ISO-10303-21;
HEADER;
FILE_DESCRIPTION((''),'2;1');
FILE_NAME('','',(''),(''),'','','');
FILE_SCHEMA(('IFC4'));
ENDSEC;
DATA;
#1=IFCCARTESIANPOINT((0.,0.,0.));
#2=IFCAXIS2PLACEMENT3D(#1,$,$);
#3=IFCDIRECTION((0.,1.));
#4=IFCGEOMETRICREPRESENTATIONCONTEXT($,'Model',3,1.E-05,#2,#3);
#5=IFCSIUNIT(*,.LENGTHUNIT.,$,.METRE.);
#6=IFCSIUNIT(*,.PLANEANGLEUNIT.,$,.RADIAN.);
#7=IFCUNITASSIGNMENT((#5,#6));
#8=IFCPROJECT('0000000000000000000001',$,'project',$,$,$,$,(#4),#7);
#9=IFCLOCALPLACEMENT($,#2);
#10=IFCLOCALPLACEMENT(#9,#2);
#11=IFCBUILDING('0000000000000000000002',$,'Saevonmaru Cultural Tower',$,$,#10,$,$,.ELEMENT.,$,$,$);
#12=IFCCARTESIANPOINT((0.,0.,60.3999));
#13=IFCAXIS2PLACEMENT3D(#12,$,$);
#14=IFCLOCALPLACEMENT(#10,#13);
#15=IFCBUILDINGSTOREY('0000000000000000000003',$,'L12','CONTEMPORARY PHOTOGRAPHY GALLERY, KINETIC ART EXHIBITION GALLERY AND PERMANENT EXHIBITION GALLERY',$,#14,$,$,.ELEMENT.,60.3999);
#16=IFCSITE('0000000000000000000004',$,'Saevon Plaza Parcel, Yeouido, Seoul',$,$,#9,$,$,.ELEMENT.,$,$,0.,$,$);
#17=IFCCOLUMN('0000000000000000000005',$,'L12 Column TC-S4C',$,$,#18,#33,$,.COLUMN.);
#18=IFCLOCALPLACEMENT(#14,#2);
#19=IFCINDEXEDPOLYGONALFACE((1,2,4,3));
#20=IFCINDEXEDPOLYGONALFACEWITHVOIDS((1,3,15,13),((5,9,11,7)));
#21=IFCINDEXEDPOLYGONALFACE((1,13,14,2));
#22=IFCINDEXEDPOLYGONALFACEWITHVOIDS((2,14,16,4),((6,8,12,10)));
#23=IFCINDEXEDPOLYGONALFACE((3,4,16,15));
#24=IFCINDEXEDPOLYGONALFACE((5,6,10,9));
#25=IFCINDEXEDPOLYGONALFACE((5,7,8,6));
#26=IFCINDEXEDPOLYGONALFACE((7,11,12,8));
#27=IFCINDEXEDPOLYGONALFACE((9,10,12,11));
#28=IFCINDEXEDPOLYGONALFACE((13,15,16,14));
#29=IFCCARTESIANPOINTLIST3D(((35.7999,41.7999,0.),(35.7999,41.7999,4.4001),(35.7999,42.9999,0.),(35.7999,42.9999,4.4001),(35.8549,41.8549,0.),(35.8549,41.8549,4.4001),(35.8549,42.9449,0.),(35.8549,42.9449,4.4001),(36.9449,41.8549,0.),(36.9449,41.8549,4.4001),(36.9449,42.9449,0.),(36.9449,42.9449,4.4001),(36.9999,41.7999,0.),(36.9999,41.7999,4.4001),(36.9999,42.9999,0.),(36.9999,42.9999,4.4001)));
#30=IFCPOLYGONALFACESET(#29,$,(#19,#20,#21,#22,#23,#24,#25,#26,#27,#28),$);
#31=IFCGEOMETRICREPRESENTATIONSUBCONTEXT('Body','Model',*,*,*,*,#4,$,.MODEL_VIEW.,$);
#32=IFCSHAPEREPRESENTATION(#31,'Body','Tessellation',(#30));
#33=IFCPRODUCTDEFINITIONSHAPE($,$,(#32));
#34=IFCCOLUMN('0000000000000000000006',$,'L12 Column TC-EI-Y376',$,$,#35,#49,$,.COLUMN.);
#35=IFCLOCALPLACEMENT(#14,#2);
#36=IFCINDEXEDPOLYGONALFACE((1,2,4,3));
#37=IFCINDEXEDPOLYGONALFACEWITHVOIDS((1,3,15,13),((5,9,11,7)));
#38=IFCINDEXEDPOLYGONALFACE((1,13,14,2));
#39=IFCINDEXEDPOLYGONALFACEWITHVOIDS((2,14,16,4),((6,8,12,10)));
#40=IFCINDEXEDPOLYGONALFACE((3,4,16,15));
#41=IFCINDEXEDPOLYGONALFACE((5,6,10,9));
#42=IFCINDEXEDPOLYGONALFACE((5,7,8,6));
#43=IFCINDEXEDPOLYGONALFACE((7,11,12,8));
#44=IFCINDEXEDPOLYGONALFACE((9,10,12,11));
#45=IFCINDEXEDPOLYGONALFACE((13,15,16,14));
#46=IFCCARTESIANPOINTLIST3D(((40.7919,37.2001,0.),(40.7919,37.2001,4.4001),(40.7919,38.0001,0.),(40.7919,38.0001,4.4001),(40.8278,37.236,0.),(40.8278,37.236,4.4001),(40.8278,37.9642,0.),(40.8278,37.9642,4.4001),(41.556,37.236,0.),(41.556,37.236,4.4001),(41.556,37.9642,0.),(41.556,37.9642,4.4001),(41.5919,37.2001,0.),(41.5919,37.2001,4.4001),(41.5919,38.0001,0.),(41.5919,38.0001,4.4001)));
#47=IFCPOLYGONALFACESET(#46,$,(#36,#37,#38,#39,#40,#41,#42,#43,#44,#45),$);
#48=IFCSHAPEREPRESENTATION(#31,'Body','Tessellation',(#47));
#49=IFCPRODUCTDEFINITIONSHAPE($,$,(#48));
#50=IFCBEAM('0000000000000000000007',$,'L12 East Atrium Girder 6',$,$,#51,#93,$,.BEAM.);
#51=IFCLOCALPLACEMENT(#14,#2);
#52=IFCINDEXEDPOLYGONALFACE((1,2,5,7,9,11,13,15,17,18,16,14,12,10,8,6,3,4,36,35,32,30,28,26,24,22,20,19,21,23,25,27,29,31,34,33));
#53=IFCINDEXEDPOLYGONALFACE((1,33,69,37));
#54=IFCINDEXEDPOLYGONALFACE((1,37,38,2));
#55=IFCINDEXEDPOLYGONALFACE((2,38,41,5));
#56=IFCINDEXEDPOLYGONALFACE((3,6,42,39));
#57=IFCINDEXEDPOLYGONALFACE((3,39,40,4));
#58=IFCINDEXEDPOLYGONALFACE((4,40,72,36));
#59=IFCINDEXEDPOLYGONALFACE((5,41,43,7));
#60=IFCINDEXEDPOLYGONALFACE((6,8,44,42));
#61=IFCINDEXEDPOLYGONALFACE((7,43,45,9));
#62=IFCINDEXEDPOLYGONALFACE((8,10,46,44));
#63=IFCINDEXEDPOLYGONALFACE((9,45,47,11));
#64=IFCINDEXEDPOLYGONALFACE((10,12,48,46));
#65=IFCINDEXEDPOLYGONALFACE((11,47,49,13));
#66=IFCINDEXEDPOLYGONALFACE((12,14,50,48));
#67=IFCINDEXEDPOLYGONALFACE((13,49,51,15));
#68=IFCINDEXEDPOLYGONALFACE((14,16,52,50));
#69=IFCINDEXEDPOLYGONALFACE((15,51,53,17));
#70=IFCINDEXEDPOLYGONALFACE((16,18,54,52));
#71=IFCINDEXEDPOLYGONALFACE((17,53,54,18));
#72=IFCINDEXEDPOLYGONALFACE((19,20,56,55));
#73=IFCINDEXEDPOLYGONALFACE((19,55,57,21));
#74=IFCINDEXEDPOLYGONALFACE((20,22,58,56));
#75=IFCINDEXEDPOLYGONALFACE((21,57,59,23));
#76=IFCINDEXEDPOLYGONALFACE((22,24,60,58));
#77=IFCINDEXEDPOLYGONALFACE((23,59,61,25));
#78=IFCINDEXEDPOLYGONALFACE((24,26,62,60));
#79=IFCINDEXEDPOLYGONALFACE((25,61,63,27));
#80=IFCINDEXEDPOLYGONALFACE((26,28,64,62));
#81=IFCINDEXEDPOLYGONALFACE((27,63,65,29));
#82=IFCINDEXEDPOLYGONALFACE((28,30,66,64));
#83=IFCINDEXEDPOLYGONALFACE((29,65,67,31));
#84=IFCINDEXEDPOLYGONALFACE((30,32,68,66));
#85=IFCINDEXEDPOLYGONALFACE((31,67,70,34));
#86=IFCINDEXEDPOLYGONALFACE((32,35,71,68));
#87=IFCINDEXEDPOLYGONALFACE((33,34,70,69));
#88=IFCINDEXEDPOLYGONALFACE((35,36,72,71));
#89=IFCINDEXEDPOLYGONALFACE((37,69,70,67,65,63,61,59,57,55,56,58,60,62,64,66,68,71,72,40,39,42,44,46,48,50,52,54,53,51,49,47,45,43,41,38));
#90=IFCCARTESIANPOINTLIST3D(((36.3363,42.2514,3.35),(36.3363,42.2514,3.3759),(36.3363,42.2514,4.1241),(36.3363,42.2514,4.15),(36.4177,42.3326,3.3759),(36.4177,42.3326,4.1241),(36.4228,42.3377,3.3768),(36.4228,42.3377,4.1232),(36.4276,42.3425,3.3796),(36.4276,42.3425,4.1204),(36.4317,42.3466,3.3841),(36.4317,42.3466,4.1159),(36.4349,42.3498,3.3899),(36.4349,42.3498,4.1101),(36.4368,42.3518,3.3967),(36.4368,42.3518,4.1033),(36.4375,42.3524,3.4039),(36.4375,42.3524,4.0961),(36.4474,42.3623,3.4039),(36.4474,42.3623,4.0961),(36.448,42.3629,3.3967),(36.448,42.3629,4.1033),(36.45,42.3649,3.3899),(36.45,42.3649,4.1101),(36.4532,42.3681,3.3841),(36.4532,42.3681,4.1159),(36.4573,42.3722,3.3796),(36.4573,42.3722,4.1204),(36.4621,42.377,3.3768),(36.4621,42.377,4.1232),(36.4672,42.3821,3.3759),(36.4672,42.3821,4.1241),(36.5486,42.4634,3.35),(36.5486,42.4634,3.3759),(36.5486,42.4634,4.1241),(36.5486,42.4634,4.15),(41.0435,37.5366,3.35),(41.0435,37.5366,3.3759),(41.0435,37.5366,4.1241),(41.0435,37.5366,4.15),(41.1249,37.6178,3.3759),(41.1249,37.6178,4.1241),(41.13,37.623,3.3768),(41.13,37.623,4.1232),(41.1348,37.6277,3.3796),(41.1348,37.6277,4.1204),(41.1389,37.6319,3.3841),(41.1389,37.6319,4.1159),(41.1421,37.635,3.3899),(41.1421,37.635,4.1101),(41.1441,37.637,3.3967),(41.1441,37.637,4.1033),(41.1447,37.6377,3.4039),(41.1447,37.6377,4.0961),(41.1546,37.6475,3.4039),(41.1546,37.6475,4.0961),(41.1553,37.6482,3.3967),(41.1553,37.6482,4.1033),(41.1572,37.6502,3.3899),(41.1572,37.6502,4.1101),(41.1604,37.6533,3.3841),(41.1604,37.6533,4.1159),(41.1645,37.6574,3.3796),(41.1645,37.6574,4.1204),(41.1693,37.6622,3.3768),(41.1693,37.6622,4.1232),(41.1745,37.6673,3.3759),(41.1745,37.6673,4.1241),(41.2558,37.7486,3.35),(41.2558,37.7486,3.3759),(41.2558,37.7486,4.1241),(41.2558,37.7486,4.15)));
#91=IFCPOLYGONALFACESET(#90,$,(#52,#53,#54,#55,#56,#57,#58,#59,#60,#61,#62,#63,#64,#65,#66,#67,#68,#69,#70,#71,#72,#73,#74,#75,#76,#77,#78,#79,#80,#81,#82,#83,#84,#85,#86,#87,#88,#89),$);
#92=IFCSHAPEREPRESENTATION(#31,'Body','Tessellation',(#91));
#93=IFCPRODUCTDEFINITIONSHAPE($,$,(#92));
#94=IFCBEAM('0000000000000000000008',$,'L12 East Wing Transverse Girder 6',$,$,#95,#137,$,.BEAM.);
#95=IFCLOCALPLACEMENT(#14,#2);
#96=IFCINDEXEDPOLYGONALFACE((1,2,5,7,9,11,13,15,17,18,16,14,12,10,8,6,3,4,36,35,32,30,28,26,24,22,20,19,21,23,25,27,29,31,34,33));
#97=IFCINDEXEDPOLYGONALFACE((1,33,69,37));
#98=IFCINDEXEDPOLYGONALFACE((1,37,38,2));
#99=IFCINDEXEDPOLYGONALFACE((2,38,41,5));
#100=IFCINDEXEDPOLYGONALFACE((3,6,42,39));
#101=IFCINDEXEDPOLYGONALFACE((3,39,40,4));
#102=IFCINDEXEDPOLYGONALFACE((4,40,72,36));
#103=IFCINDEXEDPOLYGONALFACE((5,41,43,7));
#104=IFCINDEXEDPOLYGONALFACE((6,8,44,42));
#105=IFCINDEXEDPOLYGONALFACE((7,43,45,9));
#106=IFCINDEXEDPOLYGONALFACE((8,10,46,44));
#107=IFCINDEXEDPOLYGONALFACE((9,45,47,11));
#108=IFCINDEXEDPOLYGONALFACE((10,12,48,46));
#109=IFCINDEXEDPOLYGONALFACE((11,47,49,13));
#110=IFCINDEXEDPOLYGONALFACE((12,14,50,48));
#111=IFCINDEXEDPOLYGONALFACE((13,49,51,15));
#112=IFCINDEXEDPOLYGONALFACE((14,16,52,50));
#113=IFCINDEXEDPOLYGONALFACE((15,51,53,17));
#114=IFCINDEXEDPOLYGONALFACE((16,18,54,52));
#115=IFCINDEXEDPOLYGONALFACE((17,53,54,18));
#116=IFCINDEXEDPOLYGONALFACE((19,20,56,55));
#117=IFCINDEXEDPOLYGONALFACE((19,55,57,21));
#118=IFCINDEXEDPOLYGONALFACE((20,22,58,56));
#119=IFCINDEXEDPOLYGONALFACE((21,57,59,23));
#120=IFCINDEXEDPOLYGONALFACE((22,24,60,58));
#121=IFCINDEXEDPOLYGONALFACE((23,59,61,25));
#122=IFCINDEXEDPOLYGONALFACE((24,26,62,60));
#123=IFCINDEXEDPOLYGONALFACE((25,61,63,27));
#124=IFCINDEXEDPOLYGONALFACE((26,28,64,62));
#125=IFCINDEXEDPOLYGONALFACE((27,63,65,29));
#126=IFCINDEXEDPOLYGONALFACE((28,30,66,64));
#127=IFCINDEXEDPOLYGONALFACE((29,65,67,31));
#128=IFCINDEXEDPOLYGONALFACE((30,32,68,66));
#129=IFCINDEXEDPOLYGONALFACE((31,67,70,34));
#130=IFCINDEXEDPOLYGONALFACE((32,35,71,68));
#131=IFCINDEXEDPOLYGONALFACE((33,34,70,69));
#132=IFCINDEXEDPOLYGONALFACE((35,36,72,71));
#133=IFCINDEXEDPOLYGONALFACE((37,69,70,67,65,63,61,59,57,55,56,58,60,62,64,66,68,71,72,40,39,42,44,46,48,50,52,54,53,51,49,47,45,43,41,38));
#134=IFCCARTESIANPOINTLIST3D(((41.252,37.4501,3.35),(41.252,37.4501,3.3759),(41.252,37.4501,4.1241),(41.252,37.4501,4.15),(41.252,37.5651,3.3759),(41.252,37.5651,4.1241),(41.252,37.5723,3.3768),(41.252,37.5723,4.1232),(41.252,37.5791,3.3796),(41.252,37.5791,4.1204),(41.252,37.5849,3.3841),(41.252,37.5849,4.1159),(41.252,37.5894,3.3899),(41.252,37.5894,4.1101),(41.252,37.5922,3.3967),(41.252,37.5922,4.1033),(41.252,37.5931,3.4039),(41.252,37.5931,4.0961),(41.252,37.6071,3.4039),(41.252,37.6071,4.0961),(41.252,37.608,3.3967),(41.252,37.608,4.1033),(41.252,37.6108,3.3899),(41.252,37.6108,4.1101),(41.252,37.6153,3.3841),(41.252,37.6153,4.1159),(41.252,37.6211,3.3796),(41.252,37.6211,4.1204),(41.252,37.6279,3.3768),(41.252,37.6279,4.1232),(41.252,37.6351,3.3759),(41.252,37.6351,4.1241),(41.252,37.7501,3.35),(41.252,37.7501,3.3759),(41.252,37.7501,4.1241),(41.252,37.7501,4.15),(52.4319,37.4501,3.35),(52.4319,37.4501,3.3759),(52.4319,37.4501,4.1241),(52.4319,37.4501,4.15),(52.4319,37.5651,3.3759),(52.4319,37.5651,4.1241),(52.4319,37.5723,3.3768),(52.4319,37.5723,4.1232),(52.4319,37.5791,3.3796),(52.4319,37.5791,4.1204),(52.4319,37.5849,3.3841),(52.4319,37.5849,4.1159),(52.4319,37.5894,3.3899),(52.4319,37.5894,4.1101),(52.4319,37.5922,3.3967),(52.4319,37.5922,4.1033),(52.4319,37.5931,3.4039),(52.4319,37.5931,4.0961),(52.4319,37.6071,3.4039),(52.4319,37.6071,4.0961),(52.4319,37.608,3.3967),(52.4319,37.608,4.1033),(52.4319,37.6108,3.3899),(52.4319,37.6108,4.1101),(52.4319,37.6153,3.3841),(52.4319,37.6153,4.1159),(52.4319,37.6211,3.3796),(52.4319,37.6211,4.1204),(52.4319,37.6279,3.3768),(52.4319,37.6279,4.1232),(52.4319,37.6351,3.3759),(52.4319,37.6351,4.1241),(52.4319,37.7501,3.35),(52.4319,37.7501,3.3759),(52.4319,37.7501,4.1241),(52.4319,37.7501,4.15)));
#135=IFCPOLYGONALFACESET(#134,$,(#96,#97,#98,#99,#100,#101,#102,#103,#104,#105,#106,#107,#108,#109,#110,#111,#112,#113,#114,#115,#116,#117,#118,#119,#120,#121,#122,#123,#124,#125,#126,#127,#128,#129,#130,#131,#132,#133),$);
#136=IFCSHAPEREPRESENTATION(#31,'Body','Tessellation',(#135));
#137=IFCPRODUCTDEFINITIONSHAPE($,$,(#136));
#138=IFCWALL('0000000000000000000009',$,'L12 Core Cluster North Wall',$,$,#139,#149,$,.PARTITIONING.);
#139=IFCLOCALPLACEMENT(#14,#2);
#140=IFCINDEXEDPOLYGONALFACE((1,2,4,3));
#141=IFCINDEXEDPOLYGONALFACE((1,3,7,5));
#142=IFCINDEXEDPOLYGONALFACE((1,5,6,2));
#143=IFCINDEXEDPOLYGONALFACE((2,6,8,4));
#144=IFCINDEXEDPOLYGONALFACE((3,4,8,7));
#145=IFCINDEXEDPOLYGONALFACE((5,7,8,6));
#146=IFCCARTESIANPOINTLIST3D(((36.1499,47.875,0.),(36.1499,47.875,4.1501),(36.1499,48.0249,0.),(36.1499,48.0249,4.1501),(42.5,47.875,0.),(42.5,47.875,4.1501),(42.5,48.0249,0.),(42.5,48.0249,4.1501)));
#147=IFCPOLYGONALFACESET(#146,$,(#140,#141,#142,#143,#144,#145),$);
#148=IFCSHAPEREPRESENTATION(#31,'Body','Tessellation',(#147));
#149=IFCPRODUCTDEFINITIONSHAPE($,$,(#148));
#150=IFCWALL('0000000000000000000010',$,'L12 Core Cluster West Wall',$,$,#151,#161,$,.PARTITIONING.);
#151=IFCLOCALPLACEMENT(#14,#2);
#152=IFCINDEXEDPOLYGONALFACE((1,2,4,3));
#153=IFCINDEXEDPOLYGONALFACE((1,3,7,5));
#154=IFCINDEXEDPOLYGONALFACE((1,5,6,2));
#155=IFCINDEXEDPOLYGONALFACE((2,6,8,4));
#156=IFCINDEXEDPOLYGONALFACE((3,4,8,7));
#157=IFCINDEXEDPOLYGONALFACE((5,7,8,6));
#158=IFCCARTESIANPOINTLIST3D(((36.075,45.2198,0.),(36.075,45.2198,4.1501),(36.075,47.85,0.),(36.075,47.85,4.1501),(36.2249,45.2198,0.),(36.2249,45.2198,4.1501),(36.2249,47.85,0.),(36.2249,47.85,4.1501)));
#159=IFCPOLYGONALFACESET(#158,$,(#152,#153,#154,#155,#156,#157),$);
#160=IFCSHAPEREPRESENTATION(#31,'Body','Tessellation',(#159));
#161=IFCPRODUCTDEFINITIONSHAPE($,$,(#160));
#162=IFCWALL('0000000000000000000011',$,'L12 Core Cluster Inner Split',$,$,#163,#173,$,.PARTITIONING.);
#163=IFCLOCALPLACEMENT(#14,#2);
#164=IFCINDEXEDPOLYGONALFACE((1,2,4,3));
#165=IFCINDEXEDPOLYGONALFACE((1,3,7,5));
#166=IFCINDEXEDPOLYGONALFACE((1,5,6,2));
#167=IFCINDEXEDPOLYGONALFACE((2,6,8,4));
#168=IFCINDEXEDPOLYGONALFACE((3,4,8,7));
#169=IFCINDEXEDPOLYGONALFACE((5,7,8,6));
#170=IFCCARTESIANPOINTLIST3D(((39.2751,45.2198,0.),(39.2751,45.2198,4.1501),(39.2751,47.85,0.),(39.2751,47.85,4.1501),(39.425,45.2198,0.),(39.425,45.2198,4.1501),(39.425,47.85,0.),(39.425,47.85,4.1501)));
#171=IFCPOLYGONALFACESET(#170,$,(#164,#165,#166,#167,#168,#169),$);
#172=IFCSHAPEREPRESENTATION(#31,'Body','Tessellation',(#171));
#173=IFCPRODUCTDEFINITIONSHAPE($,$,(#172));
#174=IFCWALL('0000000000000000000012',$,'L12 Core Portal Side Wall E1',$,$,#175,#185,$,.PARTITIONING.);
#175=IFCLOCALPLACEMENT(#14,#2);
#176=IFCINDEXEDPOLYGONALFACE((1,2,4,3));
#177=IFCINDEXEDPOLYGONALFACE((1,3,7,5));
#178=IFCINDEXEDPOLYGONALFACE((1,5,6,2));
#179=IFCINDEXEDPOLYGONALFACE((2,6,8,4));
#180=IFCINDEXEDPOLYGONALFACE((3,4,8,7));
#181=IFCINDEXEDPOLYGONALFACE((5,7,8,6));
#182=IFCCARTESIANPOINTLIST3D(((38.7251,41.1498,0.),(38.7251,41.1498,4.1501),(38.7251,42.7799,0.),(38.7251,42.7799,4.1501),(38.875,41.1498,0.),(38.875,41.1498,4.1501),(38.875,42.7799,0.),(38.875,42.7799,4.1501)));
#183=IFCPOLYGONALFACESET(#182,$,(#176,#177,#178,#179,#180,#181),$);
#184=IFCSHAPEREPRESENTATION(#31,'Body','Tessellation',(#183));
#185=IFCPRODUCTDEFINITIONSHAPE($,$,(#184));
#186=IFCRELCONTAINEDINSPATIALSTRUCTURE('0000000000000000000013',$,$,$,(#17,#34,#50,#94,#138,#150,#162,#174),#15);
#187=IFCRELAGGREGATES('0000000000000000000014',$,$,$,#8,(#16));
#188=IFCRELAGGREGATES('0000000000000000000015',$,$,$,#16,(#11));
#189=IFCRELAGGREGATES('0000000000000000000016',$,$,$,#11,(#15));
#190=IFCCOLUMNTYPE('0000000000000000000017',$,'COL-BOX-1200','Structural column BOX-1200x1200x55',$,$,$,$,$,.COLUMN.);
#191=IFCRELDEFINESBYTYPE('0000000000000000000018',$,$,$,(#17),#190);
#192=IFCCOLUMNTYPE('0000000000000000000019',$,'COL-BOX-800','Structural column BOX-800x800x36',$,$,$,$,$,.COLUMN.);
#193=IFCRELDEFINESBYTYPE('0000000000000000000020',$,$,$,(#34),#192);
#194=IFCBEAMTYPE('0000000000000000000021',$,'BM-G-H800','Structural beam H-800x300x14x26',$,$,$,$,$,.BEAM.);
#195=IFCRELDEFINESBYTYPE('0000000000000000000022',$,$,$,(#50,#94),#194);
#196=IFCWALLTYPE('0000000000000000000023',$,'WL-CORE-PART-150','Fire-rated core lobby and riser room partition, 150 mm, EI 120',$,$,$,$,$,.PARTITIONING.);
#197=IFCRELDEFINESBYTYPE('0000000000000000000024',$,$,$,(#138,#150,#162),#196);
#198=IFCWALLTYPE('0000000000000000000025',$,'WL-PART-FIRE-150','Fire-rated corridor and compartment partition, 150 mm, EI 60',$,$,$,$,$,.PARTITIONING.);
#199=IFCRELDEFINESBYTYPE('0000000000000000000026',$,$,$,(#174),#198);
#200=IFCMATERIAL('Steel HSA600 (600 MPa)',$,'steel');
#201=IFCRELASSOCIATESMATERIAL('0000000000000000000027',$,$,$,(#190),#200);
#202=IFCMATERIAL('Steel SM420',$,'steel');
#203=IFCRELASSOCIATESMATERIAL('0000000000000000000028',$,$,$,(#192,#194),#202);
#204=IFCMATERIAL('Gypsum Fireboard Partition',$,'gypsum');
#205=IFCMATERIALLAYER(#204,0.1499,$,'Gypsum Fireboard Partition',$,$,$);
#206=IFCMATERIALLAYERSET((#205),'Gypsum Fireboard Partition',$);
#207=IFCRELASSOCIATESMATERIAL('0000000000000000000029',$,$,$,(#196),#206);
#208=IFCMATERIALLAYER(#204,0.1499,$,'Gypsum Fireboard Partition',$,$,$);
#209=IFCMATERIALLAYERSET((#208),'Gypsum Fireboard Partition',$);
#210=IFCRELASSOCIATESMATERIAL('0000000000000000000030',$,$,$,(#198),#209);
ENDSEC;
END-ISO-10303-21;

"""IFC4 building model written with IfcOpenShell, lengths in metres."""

from ifc_helpers import new_model, si_unit, direction, frame, frame_2d, origin, origin_2d, place, context, subcontext, project, spatial, rectangle, hollow_rectangle, i_section, extrude, material, layer, layer_set, material_profile, profile_set, type_object, element, save


model = new_model("IFC4")

# Units and contexts
model_context = context("Model", 3, precision=1e-05, world=origin(), true_north=direction((0.0, 1.0)))
body_context = subcontext(model_context, "Body", "Model", "MODEL_VIEW")
ifc_project = project(units=[si_unit("LENGTHUNIT", "METRE"), si_unit("PLANEANGLEUNIT", "RADIAN")], contexts=[model_context])

# Site, building, storey
site_placement = place(None, origin())
site = spatial("IfcSite", under=ifc_project, at=site_placement, Name="Saevon Plaza Parcel, Yeouido, Seoul", CompositionType="ELEMENT", RefElevation=0.0)
building_placement = place(site_placement, origin())
building = spatial("IfcBuilding", under=site, at=building_placement, Name="Saevonmaru Cultural Tower", CompositionType="ELEMENT")
storey_placement = place(building_placement, frame((0.0, 0.0, 60.3999)))
storey = spatial("IfcBuildingStorey", under=building, at=storey_placement, Name="L12", Description="CONTEMPORARY PHOTOGRAPHY GALLERY, KINETIC ART EXHIBITION GALLERY AND PERMANENT EXHIBITION GALLERY", CompositionType="ELEMENT", Elevation=60.3999)

# Columns
ifc_material_1 = material(Name="Steel HSA600 (600 MPa)", Category="steel")
ifc_material_profile_1 = material_profile(ifc_material_1, hollow_rectangle(XDim=1.2, YDim=1.2, WallThickness=0.0549, at=origin_2d()), Name="BOX-1200x1200x55")
ifc_profile_set_1 = profile_set([ifc_material_profile_1], Name="Steel HSA600 (600 MPa)")
column_type_1 = type_object("IfcColumnType", Name="COL-BOX-1200", Description="Structural column BOX-1200x1200x55", PredefinedType="COLUMN", material=ifc_profile_set_1)
column_1_placement = place(storey_placement, frame((36.3999, 42.3999, 0.0), z_axis=(0.0, 0.0, 1.0), x_axis=(1.0, 0.0, 0.0)))
element("IfcColumn", 1, at=column_1_placement, inside=storey, type_object=column_type_1, Name="L12 Column TC-S4C", PredefinedType="COLUMN", context=body_context, shape_type="SweptSolid", body=[
    extrude(hollow_rectangle(XDim=1.2, YDim=1.2, WallThickness=0.0549, at=origin_2d()), origin(), (0.0, 0.0, 1.0), 4.4001),
])
ifc_material_2 = material(Name="Steel SM420", Category="steel")
ifc_material_profile_2 = material_profile(ifc_material_2, hollow_rectangle(XDim=0.8, YDim=0.8, WallThickness=0.0359, at=origin_2d()), Name="BOX-800x800x36")
ifc_profile_set_2 = profile_set([ifc_material_profile_2], Name="Steel SM420")
column_type_2 = type_object("IfcColumnType", Name="COL-BOX-800", Description="Structural column BOX-800x800x36", PredefinedType="COLUMN", material=ifc_profile_set_2)
column_2_placement = place(storey_placement, frame((41.1919, 37.6001, 0.0), z_axis=(0.0, 0.0, 1.0), x_axis=(1.0, 0.0, 0.0)))
element("IfcColumn", 2, at=column_2_placement, inside=storey, type_object=column_type_2, Name="L12 Column TC-EI-Y376", PredefinedType="COLUMN", context=body_context, shape_type="SweptSolid", body=[
    extrude(hollow_rectangle(XDim=0.8, YDim=0.8, WallThickness=0.0359, at=origin_2d()), origin(), (0.0, 0.0, 1.0), 4.4001),
])

# Beams
ifc_material_profile_3 = material_profile(ifc_material_2, i_section(OverallWidth=0.3, OverallDepth=0.8, WebThickness=0.0139, FlangeThickness=0.0259, FilletRadius=0.0281, at=origin_2d()), Name="H-800x300x14x26")
ifc_profile_set_3 = profile_set([ifc_material_profile_3], Name="Steel SM420")
beam_type = type_object("IfcBeamType", Name="BM-G-H800", Description="Structural beam H-800x300x14x26", PredefinedType="BEAM", material=ifc_profile_set_3)
beam_1_placement = place(storey_placement, frame((41.1497, 37.6426, 3.75), z_axis=(-0.706539, 0.707675, 0.0), x_axis=(-0.707675, -0.706539, 0.0)))
element("IfcBeam", 3, at=beam_1_placement, inside=storey, type_object=beam_type, Name="L12 East Atrium Girder 6", PredefinedType="BEAM", context=body_context, shape_type="SweptSolid", body=[
    extrude(i_section(OverallWidth=0.3, OverallDepth=0.8, WebThickness=0.0139, FlangeThickness=0.0259, FilletRadius=0.0281, at=origin_2d()), origin(), (0.0, 0.0, 1.0), 6.6624),
])
beam_2_placement = place(storey_placement, frame((41.252, 37.6001, 3.75), z_axis=(1.0, 0.0, 0.0), x_axis=(0.0, 1.0, 0.0)))
element("IfcBeam", 4, at=beam_2_placement, inside=storey, type_object=beam_type, Name="L12 East Wing Transverse Girder 6", PredefinedType="BEAM", context=body_context, shape_type="SweptSolid", body=[
    extrude(i_section(OverallWidth=0.3, OverallDepth=0.8, WebThickness=0.0139, FlangeThickness=0.0259, FilletRadius=0.0281, at=origin_2d()), origin(), (0.0, 0.0, 1.0), 11.1799),
])

# Shared definitions
ifc_material_3 = material(Name="Gypsum Fireboard Partition", Category="gypsum")
ifc_layer_1 = layer(ifc_material_3, 0.1499, Name="Gypsum Fireboard Partition")
ifc_layer_set_1 = layer_set([ifc_layer_1], Name="Gypsum Fireboard Partition")
wall_type_1 = type_object("IfcWallType", Name="WL-CORE-PART-150", Description="Fire-rated core lobby and riser room partition, 150 mm, EI 120", PredefinedType="PARTITIONING", material=ifc_layer_set_1)

# Walls
wall_1_placement = place(storey_placement, frame((36.1499, 47.95, 0.0), z_axis=(0.0, 0.0, 1.0), x_axis=(1.0, 0.0, 0.0)))
element("IfcWall", 5, at=wall_1_placement, inside=storey, type_object=wall_type_1, Name="L12 Core Cluster North Wall", PredefinedType="PARTITIONING", context=body_context, shape_type="SweptSolid", body=[
    extrude(rectangle(XDim=6.3501, YDim=0.1499, at=frame_2d((3.175, 0.0))), origin(), (0.0, 0.0, 1.0), 4.1501),
])
for number, where, z_axis, x_axis, name in (
    (6, (36.1499, 45.22, 0.0), (0.0, 0.0, 1.0), (0.0, 1.0, 0.0), "L12 Core Cluster West Wall"),
    (7, (39.3501, 45.22, 0.0), (0.0, 0.0, 1.0), (0.0, 1.0, 0.0), "L12 Core Cluster Inner Split"),
):
    element("IfcWall", number, at=place(storey_placement, frame(where, z_axis=z_axis, x_axis=x_axis)), inside=storey, type_object=wall_type_1, Name=name, PredefinedType="PARTITIONING", context=body_context, shape_type="SweptSolid", body=[
        extrude(rectangle(XDim=2.6301, YDim=0.1499, at=frame_2d((1.3149, 0.0))), origin(), (0.0, 0.0, 1.0), 4.1501),
    ])
ifc_layer_2 = layer(ifc_material_3, 0.1499, Name="Gypsum Fireboard Partition")
ifc_layer_set_2 = layer_set([ifc_layer_2], Name="Gypsum Fireboard Partition")
wall_type_2 = type_object("IfcWallType", Name="WL-PART-FIRE-150", Description="Fire-rated corridor and compartment partition, 150 mm, EI 60", PredefinedType="PARTITIONING", material=ifc_layer_set_2)
for number, where, z_axis, x_axis, name in (
    (8, (38.8, 41.1499, 0.0), (0.0, 0.0, 1.0), (0.0, 1.0, 0.0), "L12 Core Portal Side Wall E1"),
):
    element("IfcWall", number, at=place(storey_placement, frame(where, z_axis=z_axis, x_axis=x_axis)), inside=storey, type_object=wall_type_2, Name=name, PredefinedType="PARTITIONING", context=body_context, shape_type="SweptSolid", body=[
        extrude(rectangle(XDim=1.6301, YDim=0.1499, at=frame_2d((0.8149, 0.0))), origin(), (0.0, 0.0, 1.0), 4.1501),
    ])

save(model, "model.ifc")
